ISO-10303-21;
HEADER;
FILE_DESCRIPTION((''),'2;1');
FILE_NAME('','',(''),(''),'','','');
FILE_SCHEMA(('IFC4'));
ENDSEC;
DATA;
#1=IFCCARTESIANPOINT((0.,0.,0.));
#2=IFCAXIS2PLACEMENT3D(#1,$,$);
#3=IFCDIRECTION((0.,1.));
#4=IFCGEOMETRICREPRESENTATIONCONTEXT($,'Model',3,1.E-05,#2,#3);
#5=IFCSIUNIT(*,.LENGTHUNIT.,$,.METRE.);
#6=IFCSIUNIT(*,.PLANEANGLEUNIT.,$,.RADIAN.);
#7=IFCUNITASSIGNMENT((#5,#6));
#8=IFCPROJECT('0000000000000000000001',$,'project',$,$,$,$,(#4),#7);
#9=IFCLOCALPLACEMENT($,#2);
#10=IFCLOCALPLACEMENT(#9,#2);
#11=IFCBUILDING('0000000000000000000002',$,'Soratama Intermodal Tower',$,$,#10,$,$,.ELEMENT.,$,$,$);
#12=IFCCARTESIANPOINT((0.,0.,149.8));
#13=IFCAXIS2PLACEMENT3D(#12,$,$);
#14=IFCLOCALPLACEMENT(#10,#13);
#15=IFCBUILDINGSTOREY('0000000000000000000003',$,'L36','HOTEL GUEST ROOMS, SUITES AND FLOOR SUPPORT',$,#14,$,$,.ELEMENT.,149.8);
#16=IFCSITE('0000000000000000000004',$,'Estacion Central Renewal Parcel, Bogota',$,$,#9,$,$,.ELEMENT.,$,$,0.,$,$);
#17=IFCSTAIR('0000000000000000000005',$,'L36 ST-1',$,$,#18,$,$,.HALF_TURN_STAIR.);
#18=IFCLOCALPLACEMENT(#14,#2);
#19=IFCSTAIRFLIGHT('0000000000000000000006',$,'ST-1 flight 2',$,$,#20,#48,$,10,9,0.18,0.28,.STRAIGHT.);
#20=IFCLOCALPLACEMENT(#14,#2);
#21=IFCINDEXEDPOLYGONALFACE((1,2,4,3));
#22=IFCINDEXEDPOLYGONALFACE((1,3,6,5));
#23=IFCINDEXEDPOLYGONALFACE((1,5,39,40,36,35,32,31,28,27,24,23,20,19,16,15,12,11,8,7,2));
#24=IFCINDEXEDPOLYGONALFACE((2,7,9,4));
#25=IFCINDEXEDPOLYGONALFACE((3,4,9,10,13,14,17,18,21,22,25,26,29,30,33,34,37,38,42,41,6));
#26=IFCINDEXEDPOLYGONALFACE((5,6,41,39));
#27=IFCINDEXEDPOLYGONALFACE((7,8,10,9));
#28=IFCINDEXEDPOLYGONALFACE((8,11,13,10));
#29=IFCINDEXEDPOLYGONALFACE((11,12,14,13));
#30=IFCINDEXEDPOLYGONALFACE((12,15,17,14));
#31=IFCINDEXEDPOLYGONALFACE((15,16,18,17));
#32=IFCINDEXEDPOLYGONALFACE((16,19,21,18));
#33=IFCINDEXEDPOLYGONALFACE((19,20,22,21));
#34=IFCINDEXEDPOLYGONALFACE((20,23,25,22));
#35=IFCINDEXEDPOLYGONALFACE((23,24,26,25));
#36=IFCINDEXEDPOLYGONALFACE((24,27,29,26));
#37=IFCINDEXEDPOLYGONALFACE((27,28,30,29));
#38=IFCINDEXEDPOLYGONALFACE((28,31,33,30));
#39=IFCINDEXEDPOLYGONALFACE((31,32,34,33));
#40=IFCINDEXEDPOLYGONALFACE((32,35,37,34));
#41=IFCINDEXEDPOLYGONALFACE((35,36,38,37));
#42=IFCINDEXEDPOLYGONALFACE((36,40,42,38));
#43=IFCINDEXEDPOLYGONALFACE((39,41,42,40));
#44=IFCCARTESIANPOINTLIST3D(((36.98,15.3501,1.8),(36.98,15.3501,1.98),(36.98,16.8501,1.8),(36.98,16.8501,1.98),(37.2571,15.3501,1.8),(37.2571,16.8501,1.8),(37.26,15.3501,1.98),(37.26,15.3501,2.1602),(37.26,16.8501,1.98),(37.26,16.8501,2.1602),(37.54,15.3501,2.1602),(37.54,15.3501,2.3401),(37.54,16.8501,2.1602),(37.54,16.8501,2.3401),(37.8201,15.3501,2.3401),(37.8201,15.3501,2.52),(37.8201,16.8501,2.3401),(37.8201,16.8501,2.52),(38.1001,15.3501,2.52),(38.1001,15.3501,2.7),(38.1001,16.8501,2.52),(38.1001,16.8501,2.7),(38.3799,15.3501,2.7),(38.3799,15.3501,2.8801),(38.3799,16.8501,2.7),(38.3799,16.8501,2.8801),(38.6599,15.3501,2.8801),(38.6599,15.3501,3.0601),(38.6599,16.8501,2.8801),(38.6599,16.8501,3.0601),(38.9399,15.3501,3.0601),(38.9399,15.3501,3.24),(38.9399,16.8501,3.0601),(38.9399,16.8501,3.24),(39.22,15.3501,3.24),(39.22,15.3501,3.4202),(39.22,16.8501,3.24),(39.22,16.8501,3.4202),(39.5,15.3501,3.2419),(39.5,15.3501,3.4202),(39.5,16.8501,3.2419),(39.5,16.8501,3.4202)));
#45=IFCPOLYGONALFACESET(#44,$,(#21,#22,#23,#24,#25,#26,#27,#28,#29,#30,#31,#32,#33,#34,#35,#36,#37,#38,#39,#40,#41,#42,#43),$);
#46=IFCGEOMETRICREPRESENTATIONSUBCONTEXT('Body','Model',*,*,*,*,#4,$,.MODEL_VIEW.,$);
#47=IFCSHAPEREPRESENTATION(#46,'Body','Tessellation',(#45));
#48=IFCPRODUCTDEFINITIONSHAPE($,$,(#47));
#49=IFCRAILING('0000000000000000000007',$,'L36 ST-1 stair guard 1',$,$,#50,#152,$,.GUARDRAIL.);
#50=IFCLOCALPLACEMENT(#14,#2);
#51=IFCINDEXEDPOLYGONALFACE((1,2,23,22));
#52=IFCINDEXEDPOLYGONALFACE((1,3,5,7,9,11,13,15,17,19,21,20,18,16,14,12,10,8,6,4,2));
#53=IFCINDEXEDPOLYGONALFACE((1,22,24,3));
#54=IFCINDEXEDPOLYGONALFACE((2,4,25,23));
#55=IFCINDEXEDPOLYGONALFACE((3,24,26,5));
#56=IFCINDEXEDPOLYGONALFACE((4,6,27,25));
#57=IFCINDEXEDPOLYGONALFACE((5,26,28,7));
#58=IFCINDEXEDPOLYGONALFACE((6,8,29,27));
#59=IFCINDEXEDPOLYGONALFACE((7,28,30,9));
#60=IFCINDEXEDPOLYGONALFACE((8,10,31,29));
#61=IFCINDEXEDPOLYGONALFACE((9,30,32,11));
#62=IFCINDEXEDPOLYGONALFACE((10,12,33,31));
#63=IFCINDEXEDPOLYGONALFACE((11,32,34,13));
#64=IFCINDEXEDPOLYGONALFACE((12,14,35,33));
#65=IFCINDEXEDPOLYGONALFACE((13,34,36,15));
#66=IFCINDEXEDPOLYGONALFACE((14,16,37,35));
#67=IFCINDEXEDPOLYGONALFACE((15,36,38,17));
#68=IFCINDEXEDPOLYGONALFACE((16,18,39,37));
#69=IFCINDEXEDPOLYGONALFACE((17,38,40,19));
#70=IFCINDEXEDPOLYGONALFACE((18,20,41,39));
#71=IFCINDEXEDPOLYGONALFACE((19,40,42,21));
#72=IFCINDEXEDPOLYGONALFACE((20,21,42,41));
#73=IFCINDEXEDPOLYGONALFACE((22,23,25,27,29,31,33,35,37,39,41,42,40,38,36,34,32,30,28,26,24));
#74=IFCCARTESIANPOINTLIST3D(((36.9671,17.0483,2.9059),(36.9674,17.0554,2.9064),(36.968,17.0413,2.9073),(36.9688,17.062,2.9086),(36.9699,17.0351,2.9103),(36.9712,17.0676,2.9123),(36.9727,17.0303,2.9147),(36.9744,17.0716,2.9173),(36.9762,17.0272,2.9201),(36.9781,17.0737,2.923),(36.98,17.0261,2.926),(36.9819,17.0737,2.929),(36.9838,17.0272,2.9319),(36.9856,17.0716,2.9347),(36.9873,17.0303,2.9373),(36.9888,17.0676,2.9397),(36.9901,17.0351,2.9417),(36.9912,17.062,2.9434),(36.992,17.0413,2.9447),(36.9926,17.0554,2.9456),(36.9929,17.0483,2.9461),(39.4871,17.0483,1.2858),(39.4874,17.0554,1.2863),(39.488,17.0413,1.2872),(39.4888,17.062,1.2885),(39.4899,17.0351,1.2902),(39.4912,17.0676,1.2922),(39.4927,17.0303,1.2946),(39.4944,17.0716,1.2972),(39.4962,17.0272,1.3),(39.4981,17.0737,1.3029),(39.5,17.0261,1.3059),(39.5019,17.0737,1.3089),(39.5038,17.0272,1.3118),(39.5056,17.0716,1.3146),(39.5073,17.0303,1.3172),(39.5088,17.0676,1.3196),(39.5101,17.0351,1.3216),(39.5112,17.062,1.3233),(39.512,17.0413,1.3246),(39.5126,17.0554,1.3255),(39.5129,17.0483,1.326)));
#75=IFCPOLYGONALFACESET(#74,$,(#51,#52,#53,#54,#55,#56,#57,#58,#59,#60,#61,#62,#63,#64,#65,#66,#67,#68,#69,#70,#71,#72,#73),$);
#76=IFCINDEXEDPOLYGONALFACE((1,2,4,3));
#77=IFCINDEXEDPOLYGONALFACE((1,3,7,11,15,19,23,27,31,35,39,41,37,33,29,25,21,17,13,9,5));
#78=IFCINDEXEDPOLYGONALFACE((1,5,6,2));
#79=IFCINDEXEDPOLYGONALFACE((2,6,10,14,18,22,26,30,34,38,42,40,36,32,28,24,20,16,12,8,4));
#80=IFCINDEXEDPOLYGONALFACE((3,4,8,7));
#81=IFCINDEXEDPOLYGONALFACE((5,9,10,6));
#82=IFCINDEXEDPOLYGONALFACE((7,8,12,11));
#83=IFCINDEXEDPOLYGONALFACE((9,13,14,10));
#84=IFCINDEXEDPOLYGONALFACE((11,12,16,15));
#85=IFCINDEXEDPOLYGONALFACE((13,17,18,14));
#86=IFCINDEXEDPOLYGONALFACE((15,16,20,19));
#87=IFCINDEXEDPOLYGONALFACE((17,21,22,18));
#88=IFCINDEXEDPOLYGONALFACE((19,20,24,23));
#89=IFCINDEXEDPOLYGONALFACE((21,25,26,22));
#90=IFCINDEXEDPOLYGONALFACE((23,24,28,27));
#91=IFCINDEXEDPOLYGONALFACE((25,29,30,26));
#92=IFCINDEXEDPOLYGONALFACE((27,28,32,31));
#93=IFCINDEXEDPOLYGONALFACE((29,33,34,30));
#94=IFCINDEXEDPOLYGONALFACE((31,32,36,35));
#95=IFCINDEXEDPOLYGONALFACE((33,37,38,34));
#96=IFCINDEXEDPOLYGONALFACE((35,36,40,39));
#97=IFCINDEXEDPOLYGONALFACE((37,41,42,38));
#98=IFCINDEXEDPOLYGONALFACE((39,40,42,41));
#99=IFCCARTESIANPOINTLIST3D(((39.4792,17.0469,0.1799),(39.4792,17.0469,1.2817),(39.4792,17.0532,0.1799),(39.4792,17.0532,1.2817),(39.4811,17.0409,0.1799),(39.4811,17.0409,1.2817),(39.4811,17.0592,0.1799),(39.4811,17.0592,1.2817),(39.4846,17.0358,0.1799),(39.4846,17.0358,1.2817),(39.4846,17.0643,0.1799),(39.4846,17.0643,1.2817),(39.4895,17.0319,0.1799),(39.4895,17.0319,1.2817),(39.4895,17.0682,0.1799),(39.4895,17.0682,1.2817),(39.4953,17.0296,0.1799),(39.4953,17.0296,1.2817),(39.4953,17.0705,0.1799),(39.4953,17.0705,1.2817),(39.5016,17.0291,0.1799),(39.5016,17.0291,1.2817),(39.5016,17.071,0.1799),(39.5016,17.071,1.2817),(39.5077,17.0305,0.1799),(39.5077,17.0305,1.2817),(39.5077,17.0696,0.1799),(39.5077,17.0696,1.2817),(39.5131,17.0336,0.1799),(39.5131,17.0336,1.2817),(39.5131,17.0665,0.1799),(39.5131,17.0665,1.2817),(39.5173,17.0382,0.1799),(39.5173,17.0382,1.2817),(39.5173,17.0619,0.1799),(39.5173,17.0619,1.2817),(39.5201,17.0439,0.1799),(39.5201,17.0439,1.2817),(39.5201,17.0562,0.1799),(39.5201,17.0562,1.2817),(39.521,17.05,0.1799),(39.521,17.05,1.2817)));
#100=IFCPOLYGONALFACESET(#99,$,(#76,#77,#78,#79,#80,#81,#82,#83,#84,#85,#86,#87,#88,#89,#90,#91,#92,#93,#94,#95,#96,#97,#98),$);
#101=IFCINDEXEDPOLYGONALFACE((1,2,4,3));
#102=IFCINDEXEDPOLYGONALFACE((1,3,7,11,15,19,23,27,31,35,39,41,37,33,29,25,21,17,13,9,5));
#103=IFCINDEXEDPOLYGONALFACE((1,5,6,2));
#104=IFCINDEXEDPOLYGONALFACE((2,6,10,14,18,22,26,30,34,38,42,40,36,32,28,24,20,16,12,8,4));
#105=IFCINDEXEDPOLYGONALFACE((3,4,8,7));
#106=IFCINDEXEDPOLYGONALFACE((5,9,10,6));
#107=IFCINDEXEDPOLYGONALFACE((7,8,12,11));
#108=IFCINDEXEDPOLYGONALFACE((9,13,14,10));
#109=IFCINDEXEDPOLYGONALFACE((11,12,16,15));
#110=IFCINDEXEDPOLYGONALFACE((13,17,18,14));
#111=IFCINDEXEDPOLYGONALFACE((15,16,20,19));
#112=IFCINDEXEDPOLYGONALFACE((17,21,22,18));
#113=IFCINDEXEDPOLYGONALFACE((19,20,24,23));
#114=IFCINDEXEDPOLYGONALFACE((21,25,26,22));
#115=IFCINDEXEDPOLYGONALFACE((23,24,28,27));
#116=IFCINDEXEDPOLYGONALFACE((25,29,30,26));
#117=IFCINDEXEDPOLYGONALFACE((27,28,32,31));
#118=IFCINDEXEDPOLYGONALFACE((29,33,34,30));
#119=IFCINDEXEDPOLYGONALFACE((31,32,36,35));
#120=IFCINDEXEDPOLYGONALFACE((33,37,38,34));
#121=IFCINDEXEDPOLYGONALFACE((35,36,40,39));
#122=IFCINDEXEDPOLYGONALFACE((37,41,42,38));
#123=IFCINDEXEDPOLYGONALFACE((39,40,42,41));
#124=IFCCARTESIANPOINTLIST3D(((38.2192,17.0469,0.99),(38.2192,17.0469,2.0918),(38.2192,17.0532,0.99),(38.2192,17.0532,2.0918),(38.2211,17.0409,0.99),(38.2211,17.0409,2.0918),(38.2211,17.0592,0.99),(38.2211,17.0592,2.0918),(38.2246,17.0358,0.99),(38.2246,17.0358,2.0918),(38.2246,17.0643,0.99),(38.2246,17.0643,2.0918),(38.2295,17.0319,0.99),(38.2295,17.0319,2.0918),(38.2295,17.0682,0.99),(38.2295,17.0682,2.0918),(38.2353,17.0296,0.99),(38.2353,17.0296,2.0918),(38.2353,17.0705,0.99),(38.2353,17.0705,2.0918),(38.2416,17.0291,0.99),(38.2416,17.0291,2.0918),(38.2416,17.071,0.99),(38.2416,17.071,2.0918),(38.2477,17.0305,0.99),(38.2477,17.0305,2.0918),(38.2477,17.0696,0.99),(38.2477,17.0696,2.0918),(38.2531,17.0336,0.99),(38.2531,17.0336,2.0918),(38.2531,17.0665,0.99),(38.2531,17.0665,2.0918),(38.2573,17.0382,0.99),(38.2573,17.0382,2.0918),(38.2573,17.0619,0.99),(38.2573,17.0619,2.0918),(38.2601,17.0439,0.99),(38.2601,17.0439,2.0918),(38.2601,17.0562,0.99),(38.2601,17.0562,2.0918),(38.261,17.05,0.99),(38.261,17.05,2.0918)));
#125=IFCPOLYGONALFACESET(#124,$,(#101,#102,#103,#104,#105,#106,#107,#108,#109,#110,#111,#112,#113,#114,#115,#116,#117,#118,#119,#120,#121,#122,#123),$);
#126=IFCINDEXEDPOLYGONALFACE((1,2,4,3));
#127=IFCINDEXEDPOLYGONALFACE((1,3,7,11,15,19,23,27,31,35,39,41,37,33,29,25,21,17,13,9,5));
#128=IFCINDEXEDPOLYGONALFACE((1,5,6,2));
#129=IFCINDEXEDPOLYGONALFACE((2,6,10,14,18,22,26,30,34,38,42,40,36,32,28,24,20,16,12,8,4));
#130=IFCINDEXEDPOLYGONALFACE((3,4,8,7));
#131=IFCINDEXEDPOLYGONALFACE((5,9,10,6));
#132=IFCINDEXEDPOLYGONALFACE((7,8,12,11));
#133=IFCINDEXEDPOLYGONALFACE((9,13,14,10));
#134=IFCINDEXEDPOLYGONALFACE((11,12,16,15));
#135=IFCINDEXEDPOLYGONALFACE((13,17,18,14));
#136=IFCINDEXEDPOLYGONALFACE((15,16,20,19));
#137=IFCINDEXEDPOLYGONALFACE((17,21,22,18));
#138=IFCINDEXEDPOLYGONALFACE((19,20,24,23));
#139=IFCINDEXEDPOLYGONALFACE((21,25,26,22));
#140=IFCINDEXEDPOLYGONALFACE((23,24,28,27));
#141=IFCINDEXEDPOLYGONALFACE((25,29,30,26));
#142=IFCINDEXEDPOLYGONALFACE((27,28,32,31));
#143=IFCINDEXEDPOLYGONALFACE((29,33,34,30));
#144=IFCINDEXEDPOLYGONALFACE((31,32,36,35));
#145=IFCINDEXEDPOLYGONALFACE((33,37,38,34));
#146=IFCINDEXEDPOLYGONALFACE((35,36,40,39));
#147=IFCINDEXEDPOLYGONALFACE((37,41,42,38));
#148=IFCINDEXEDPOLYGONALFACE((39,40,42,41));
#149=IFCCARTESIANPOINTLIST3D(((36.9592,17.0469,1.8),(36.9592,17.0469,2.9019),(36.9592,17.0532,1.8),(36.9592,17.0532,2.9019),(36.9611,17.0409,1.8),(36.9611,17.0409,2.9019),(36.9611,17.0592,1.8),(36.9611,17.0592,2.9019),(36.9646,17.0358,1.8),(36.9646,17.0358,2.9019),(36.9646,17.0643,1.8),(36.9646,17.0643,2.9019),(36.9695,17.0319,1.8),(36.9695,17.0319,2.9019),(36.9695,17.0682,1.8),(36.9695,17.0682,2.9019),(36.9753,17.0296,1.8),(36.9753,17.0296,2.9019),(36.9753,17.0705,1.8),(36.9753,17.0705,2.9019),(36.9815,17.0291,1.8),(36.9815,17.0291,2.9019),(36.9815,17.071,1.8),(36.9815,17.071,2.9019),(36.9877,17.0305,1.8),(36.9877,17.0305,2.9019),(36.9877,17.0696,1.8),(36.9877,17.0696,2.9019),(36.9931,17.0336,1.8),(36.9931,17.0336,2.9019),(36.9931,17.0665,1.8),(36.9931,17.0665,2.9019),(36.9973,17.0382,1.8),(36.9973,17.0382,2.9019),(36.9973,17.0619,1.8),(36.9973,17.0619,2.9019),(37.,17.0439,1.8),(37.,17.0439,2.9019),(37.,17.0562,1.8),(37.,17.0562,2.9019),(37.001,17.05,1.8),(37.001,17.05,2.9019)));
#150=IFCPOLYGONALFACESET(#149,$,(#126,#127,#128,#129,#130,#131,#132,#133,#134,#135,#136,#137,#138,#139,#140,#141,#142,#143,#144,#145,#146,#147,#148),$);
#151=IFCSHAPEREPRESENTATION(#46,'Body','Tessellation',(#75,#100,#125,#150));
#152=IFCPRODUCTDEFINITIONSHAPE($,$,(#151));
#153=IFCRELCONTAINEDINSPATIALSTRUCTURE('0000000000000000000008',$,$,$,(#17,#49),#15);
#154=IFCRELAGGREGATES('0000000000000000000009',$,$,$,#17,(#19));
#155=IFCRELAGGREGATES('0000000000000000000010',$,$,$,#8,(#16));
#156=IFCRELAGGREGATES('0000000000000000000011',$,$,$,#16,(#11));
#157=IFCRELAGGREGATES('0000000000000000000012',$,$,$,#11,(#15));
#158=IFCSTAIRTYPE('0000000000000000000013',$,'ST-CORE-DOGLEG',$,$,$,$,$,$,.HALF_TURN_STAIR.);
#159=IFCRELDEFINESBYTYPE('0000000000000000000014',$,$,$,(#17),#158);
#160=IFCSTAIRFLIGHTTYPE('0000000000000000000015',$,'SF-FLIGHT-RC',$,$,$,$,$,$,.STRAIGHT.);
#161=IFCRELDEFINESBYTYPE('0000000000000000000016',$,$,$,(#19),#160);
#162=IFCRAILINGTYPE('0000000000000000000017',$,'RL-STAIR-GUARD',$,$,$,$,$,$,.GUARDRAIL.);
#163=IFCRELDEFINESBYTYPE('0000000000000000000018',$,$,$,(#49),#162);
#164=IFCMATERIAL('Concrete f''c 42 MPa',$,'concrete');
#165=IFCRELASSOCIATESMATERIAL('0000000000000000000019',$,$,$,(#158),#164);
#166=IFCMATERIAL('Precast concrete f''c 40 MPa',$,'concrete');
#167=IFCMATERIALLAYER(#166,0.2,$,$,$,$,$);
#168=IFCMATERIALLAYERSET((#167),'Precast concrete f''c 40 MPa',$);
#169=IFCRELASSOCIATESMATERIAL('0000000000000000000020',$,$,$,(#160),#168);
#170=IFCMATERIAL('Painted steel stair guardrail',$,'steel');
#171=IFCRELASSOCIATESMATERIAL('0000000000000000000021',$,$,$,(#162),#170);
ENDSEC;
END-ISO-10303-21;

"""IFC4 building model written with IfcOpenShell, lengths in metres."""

from ifc_helpers import new_model, si_unit, direction, frame, origin, origin_2d, place, context, subcontext, project, spatial, polyline, circle, outline, extrude, material, layer, layer_set, type_object, element, aggregate, save


model = new_model("IFC4")

# Units and contexts
model_context = context("Model", 3, precision=1e-05, world=origin(), true_north=direction((0.0, 1.0)))
body_context = subcontext(model_context, "Body", "Model", "MODEL_VIEW")
ifc_project = project(units=[si_unit("LENGTHUNIT", "METRE"), si_unit("PLANEANGLEUNIT", "RADIAN")], contexts=[model_context])

# Site, building, storey
site_placement = place(None, origin())
site = spatial("IfcSite", under=ifc_project, at=site_placement, Name="Estacion Central Renewal Parcel, Bogota", CompositionType="ELEMENT", RefElevation=0.0)
building_placement = place(site_placement, origin())
building = spatial("IfcBuilding", under=site, at=building_placement, Name="Soratama Intermodal Tower", CompositionType="ELEMENT")
storey_placement = place(building_placement, frame((0.0, 0.0, 149.8)))
storey = spatial("IfcBuildingStorey", under=building, at=storey_placement, Name="L36", Description="HOTEL GUEST ROOMS, SUITES AND FLOOR SUPPORT", CompositionType="ELEMENT", Elevation=149.8)

# Stair, stair flight
ifc_material_1 = material(Name="Concrete f'c 42 MPa", Category="concrete")
stair_type = type_object("IfcStairType", Name="ST-CORE-DOGLEG", PredefinedType="HALF_TURN_STAIR", material=ifc_material_1)
stair_placement = place(storey_placement, origin())
stair = element("IfcStair", 1, at=stair_placement, inside=storey, type_object=stair_type, Name="L36 ST-1", PredefinedType="HALF_TURN_STAIR")
ifc_material_2 = material(Name="Precast concrete f'c 40 MPa", Category="concrete")
ifc_layer_1 = layer(ifc_material_2, 0.2)
ifc_layer_set_1 = layer_set([ifc_layer_1], Name="Precast concrete f'c 40 MPa")
stair_flight_type = type_object("IfcStairFlightType", Name="SF-FLIGHT-RC", PredefinedType="STRAIGHT", material=ifc_layer_set_1)
stair_flight_1_placement = place(storey_placement, frame((36.98, 16.1001, 1.8), z_axis=(0.0, 0.0, 1.0), x_axis=(1.0, 0.0, 0.0)))
stair_flight_1 = element("IfcStairFlight", 2, at=stair_flight_1_placement, type_object=stair_flight_type, Name="ST-1 flight 2", NumberOfRisers=10, NumberOfTreads=9, PredefinedType="STRAIGHT", RiserHeight=0.18, TreadLength=0.28, context=body_context, shape_type="SweptSolid", body=[
    extrude(outline(polyline([(0.0, 0.0), (0.0, 0.1799), (0.28, 0.1799), (0.28, 0.3601), (0.5601, 0.3601), (0.5601, 0.54), (0.8401, 0.54), (0.8401, 0.72), (1.1201, 0.72), (1.1201, 0.8999), (1.3999, 0.8999), (1.3999, 1.0801), (1.6799, 1.0801), (1.6799, 1.26), (1.96, 1.26), (1.96, 1.4399), (2.24, 1.4399), (2.24, 1.6201), (2.52, 1.6201), (2.52, 1.8), (2.52, 1.4419), (0.2771, 0.0), (0.0, 0.0)])), frame((0.0, 0.75, 0.0), z_axis=(0.0, -1.0, 0.0), x_axis=(1.0, 0.0, 0.0)), (0.0, 0.0, 1.0), 1.5),
])
aggregate(stair, [stair_flight_1])

# Railing
ifc_material_3 = material(Name="Painted steel stair guardrail", Category="steel")
railing_type_1 = type_object("IfcRailingType", Name="RL-STAIR-GUARD", PredefinedType="GUARDRAIL", material=ifc_material_3)
railing_1_placement = place(storey_placement, frame((39.5, 17.05, 0.1799)))
element("IfcRailing", 3, at=railing_1_placement, inside=storey, type_object=railing_type_1, Name="L36 ST-1 stair guard 1", PredefinedType="GUARDRAIL", context=body_context, shape_type="SweptSolid", body=[
    extrude(circle(Radius=0.0239, at=origin_2d()), frame((0.0, 0.0, 1.126), z_axis=(-0.841163, 0.0, 0.540782), x_axis=(0.0, -1.0, 0.0)), (0.0, 0.0, 1.0), 2.9958),
    extrude(circle(Radius=0.021, at=origin_2d()), origin(), (0.0, 0.0, 1.0), 1.1018),
    extrude(circle(Radius=0.021, at=origin_2d()), frame((-1.26, 0.0, 0.8101)), (0.0, 0.0, 1.0), 1.1018),
    extrude(circle(Radius=0.021, at=origin_2d()), frame((-2.52, 0.0, 1.6201)), (0.0, 0.0, 1.0), 1.1018),
])

save(model, "model.ifc")
